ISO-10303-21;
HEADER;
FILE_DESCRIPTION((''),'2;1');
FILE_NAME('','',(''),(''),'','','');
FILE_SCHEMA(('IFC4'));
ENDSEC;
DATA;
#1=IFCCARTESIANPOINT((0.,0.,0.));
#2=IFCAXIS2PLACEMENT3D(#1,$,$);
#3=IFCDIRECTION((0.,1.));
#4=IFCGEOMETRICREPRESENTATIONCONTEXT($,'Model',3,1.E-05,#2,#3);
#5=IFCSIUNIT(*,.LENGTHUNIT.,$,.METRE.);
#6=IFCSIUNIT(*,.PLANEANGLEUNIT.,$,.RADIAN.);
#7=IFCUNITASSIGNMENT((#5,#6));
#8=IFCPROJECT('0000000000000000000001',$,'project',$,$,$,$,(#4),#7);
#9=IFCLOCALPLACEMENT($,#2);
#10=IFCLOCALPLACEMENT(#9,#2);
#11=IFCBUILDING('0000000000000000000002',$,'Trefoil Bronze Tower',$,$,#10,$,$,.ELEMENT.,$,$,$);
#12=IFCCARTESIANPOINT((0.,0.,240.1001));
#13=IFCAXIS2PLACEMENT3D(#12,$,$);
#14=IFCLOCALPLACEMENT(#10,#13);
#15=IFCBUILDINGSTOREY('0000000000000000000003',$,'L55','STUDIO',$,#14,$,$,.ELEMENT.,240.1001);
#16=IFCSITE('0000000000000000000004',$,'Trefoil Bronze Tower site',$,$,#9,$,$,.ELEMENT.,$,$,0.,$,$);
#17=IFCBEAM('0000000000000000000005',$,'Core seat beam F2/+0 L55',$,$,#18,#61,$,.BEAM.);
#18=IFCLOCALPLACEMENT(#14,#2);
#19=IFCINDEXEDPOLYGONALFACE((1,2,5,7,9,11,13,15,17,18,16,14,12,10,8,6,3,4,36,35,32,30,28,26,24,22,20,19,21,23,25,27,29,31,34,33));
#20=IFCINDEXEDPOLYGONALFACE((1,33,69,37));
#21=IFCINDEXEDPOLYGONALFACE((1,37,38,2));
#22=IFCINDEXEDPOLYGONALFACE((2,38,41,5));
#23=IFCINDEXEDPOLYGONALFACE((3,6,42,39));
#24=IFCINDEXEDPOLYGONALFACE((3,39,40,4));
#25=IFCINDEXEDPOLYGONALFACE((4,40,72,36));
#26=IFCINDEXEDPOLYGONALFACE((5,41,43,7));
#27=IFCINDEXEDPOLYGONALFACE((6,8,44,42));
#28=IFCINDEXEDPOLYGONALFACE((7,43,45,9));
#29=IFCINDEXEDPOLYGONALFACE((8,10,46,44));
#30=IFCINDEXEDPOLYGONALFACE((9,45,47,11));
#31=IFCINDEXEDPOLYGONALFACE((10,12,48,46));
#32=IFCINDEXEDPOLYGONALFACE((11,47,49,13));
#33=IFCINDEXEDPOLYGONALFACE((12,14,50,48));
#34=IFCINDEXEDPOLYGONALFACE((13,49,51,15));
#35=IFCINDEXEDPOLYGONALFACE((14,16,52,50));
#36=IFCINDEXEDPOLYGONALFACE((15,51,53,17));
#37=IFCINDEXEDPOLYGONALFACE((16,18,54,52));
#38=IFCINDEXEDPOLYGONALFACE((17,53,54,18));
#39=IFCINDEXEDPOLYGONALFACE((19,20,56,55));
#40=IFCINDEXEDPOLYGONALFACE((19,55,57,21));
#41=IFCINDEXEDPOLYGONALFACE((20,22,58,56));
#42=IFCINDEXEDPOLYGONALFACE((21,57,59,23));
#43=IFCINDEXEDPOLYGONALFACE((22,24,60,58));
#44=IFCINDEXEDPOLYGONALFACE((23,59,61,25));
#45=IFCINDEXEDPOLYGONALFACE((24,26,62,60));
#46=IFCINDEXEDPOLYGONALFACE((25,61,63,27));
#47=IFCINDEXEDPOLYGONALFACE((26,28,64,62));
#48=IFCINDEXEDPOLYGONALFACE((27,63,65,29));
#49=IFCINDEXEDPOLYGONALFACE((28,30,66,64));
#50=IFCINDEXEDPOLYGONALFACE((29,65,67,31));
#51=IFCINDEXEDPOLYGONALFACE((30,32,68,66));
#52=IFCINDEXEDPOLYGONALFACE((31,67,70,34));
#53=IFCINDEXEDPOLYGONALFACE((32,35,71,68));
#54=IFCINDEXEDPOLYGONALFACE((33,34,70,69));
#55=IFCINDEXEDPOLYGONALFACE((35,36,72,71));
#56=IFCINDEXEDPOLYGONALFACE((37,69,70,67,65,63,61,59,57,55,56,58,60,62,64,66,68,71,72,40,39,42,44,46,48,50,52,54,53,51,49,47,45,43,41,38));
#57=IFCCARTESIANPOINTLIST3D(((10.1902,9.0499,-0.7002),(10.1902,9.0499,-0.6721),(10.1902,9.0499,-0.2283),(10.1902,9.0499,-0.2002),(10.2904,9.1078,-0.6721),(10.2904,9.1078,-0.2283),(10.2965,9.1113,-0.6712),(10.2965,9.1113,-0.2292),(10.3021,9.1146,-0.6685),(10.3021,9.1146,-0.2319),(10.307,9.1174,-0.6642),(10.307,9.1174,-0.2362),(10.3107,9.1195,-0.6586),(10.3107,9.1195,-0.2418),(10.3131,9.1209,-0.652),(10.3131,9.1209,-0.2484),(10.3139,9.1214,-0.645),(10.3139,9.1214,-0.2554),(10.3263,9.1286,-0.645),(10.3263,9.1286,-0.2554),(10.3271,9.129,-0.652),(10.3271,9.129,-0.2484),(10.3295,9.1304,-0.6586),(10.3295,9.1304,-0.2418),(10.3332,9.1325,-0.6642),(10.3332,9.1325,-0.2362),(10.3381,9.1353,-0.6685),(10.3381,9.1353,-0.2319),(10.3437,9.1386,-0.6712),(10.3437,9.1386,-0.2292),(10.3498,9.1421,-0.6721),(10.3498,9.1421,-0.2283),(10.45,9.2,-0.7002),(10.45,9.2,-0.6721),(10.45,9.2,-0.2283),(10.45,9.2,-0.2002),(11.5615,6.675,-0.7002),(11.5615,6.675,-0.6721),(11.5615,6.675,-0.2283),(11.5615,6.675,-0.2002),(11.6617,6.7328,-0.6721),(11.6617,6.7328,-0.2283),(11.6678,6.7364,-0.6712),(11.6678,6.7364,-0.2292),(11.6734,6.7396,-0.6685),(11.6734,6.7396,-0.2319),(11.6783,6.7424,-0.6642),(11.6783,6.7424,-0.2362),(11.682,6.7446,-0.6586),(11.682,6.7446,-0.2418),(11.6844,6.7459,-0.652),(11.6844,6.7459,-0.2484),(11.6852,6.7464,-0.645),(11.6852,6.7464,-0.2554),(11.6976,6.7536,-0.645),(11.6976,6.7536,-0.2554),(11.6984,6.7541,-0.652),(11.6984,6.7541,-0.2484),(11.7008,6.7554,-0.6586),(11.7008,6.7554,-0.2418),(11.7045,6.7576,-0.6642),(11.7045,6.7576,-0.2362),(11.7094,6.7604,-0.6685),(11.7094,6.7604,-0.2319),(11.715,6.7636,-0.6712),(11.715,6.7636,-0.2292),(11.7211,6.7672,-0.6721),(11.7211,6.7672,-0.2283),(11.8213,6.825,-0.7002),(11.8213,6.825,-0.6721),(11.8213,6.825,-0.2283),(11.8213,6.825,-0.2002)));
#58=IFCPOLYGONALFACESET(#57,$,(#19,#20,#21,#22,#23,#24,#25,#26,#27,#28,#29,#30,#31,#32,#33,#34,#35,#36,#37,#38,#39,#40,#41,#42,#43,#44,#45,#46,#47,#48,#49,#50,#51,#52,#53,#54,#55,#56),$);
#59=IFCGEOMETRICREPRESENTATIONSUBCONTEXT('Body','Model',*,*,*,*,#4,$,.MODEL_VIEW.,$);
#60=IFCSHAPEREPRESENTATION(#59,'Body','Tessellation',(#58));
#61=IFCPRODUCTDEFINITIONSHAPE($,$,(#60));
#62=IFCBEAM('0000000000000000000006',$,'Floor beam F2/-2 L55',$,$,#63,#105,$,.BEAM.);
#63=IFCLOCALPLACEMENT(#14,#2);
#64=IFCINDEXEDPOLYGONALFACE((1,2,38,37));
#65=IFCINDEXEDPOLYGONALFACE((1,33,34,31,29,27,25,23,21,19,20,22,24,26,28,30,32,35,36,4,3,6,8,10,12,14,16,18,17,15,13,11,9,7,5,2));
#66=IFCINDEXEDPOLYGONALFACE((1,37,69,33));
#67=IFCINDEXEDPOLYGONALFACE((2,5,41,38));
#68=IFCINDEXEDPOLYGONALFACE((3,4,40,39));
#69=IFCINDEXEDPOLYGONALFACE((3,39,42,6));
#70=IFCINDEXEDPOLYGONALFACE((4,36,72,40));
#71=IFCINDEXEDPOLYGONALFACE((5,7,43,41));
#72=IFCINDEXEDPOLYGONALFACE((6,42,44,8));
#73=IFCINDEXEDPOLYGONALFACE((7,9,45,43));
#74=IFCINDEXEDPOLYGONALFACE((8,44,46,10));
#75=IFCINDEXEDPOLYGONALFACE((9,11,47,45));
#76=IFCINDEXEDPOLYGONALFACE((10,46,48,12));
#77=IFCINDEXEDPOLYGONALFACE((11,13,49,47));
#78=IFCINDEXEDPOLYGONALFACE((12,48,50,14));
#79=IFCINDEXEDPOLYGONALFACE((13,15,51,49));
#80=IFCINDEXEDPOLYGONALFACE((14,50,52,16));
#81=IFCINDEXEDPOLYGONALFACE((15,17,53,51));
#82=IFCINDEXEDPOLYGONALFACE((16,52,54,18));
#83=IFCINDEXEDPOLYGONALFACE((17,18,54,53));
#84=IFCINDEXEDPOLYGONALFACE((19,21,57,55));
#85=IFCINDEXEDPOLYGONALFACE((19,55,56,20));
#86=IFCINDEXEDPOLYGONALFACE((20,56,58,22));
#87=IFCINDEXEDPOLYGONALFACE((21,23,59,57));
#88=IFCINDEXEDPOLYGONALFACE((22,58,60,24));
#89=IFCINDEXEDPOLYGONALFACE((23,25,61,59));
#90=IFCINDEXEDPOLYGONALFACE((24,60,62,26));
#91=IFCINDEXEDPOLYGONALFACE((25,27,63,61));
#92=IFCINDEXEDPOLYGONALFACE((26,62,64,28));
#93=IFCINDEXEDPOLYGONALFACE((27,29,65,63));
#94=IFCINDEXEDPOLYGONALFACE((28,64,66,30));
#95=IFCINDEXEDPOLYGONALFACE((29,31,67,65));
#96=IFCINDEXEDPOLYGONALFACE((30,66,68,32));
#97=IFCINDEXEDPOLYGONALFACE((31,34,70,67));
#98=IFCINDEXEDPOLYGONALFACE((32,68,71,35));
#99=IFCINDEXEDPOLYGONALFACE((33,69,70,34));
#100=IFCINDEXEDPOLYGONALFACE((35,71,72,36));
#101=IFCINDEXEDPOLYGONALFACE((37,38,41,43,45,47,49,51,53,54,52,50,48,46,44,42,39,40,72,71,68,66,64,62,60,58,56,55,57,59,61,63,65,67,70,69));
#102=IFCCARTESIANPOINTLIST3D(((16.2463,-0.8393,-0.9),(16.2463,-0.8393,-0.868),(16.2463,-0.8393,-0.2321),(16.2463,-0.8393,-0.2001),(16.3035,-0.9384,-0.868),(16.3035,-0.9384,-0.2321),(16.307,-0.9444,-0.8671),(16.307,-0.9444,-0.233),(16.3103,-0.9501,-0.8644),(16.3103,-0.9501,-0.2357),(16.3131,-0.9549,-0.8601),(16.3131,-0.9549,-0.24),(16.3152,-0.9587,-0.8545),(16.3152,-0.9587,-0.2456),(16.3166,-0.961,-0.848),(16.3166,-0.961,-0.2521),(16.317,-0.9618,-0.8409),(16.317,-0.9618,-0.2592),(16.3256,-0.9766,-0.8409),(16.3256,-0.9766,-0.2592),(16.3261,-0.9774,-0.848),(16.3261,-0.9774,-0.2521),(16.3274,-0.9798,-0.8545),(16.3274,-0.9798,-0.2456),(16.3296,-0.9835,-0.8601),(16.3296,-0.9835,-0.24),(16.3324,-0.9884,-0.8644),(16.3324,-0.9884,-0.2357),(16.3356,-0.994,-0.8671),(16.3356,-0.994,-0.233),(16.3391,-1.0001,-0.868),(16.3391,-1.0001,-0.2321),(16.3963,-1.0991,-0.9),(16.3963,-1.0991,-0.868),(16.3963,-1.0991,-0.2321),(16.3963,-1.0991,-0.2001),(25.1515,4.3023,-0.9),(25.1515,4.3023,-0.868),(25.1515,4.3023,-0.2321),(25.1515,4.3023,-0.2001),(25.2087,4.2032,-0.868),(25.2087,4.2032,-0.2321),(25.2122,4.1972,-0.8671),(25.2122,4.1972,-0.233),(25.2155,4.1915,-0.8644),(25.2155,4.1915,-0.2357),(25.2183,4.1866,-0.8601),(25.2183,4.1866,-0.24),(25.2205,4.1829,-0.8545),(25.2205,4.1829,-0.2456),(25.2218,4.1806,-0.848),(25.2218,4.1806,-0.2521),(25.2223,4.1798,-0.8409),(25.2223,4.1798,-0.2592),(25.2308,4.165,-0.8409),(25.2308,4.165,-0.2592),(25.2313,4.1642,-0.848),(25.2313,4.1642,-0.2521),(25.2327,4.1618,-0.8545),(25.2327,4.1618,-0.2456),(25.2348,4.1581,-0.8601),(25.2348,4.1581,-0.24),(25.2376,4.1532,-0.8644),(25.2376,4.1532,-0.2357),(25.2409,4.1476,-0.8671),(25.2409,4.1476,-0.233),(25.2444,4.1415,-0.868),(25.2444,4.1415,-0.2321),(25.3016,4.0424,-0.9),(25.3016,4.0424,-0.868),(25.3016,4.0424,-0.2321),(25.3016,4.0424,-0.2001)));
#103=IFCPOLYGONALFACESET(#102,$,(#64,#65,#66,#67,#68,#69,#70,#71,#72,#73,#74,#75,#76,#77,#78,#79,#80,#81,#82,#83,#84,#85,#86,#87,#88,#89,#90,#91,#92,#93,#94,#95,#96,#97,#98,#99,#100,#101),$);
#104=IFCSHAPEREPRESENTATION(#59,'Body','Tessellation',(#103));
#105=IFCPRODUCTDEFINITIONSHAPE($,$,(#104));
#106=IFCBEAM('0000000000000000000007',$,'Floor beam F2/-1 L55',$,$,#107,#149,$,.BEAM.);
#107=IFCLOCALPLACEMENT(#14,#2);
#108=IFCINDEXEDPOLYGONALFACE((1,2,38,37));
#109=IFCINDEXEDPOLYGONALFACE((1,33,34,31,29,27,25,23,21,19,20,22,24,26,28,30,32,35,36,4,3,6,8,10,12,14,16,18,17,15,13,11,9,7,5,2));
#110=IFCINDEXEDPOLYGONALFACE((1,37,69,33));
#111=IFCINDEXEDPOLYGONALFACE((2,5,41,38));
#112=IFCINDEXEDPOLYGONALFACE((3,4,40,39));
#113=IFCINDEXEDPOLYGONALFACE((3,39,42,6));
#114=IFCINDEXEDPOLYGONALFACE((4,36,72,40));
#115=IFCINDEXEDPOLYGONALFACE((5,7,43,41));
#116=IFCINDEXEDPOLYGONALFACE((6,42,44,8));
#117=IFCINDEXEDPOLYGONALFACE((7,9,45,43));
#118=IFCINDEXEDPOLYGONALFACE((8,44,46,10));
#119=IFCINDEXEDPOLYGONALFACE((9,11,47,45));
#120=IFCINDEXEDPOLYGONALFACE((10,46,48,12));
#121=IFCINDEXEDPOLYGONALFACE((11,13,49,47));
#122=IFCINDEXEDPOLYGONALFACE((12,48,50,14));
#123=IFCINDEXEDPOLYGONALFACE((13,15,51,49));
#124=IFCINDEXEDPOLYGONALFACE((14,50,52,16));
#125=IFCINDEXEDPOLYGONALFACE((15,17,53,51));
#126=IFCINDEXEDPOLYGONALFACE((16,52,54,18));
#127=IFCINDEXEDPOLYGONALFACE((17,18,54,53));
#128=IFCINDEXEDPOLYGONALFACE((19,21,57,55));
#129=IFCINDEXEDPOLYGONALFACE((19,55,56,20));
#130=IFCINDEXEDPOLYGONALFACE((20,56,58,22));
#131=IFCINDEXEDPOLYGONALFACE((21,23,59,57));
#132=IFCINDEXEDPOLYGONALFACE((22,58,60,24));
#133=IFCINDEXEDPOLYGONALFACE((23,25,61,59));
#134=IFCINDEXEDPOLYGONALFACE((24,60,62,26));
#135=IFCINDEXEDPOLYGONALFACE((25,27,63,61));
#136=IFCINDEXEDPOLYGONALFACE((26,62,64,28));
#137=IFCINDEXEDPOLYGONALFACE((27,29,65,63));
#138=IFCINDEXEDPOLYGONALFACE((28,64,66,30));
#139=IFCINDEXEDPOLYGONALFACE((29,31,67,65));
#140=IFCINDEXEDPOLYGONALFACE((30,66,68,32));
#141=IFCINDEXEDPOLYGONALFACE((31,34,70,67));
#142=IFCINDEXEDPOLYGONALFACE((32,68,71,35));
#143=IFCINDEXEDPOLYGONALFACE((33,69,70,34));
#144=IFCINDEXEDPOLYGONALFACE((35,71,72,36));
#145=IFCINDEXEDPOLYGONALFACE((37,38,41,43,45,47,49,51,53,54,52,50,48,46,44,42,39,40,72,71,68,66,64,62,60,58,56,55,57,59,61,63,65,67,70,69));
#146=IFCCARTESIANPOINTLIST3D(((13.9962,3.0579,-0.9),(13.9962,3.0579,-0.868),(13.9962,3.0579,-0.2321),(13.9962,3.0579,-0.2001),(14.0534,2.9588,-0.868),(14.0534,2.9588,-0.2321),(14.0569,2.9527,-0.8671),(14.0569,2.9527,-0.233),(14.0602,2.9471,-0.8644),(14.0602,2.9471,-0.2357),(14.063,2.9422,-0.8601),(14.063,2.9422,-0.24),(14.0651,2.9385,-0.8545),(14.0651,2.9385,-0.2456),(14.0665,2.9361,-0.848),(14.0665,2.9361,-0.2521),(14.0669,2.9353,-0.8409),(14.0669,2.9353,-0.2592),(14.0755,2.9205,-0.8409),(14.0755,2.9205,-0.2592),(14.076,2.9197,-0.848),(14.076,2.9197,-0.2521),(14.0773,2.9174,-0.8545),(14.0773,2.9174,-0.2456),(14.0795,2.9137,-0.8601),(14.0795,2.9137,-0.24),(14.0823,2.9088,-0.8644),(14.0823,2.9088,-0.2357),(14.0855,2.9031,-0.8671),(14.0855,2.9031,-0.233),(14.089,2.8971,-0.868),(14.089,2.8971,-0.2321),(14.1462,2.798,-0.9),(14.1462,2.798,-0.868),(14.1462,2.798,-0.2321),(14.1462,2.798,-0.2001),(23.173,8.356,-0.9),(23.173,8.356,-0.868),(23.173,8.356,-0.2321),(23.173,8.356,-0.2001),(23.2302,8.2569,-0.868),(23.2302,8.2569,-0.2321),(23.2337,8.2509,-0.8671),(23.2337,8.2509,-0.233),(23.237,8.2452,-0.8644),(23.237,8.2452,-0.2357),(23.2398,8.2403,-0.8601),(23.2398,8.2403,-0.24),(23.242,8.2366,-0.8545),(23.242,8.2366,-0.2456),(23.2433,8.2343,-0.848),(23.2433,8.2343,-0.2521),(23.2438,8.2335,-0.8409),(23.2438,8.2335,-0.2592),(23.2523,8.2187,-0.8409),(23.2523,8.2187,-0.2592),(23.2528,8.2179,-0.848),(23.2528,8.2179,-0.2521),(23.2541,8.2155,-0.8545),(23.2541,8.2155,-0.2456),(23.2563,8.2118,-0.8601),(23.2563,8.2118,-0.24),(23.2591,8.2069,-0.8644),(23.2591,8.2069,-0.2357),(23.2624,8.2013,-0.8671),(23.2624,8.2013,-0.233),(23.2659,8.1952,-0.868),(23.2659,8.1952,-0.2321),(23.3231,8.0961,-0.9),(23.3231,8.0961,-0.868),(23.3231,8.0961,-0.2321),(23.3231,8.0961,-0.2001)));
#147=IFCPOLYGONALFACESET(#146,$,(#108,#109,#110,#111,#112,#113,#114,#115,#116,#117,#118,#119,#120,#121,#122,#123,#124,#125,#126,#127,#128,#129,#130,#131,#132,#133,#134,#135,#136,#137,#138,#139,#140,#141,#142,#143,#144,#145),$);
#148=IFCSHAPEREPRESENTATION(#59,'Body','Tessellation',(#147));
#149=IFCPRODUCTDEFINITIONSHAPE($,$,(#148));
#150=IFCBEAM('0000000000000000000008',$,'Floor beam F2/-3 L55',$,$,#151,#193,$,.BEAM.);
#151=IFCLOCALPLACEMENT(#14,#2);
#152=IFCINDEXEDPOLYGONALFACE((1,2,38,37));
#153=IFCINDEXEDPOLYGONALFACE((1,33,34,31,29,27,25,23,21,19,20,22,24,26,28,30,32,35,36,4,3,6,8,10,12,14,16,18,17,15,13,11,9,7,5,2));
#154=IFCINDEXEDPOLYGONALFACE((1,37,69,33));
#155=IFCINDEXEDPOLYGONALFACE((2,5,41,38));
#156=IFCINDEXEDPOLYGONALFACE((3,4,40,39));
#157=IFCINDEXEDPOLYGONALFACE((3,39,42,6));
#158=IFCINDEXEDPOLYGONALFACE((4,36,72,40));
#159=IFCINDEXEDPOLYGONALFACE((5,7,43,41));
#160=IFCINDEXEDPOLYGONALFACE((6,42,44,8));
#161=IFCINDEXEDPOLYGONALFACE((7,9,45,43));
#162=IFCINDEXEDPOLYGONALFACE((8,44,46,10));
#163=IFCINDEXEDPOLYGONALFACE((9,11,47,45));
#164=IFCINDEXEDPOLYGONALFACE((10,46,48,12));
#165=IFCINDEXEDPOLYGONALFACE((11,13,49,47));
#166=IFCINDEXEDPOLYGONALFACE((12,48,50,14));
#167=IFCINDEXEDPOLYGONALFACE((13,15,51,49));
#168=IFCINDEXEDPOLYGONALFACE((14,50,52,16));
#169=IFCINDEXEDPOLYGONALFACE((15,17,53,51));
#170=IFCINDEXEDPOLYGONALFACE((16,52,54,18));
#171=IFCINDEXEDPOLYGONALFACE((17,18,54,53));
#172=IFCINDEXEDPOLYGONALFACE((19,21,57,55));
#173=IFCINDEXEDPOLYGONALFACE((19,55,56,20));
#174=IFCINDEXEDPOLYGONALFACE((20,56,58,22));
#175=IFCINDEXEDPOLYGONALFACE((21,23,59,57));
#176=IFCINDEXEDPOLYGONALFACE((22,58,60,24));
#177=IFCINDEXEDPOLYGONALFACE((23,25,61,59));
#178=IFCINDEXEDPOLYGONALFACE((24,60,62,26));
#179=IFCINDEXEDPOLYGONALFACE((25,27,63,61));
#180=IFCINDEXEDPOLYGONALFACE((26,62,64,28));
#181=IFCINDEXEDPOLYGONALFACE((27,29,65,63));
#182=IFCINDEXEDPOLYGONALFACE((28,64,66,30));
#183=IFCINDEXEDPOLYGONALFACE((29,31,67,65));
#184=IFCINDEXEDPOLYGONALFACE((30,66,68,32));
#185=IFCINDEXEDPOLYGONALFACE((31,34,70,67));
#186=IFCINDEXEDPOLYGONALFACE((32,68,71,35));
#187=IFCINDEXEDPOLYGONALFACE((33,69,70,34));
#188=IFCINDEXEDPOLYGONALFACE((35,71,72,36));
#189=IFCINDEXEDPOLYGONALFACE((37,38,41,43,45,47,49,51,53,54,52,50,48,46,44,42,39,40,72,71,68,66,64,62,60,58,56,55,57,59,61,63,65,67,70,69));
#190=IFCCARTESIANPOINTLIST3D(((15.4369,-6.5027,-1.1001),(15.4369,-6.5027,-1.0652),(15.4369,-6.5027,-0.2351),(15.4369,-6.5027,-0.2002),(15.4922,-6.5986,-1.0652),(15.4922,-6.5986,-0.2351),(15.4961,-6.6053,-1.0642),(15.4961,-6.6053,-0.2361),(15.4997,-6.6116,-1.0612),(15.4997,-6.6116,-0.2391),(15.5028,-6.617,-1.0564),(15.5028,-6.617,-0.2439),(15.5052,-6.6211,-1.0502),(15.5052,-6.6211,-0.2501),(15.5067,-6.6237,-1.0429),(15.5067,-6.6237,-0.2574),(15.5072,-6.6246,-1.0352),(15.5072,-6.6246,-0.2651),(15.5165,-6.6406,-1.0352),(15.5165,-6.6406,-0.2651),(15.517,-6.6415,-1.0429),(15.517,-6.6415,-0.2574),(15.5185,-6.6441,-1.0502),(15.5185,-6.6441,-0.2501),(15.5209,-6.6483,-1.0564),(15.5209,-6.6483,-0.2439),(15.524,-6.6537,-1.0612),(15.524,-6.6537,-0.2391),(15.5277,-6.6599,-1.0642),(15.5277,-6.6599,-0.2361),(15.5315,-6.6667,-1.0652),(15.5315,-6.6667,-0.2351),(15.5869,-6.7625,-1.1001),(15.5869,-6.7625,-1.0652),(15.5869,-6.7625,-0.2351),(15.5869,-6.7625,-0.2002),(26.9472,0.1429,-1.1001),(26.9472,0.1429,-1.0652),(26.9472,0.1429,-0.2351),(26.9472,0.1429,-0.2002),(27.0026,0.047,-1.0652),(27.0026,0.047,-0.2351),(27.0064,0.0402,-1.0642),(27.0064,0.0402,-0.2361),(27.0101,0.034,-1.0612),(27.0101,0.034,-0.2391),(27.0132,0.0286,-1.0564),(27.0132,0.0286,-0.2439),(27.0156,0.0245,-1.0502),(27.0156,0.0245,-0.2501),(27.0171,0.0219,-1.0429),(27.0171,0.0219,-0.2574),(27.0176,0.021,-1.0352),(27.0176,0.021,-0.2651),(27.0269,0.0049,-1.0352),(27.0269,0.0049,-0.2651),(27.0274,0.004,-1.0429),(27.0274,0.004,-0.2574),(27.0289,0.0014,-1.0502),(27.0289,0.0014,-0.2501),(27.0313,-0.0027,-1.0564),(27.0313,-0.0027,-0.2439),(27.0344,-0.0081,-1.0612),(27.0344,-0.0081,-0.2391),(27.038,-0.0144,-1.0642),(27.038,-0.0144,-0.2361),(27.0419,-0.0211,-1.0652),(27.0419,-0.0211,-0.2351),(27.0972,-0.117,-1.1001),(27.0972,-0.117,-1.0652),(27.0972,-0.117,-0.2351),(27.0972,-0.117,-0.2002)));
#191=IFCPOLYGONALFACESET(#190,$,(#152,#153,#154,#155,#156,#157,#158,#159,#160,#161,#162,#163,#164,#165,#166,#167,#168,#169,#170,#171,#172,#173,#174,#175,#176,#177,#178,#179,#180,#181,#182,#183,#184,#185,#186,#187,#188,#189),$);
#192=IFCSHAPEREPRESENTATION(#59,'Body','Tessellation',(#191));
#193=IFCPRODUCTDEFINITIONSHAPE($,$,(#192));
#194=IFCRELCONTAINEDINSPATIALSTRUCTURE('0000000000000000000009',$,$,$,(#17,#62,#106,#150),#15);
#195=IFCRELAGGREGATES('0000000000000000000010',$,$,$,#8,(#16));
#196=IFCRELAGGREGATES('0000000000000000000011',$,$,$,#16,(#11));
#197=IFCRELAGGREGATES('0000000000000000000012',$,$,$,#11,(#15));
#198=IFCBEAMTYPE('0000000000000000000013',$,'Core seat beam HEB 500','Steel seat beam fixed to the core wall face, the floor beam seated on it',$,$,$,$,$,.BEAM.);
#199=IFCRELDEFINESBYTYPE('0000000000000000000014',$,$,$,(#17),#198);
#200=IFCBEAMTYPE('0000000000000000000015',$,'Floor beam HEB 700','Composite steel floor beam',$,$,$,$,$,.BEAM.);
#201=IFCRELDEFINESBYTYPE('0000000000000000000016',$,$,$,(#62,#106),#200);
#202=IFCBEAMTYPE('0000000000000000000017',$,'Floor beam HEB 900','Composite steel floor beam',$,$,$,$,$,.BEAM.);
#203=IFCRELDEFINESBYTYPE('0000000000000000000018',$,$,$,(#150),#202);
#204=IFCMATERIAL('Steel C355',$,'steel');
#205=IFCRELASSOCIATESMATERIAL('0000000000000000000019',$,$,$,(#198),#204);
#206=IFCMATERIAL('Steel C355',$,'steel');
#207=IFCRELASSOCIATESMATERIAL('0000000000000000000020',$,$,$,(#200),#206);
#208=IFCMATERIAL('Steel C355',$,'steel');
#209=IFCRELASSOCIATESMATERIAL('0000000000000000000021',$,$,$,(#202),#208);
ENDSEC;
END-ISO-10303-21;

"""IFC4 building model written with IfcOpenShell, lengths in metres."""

from ifc_helpers import new_model, si_unit, direction, frame, origin, origin_2d, place, context, subcontext, project, spatial, i_section, extrude, material, material_profile, profile_set, type_object, element, save


model = new_model("IFC4")

# Units and contexts
model_context = context("Model", 3, precision=1e-05, world=origin(), true_north=direction((0.0, 1.0)))
body_context = subcontext(model_context, "Body", "Model", "MODEL_VIEW")
ifc_project = project(units=[si_unit("LENGTHUNIT", "METRE"), si_unit("PLANEANGLEUNIT", "RADIAN")], contexts=[model_context])

# Site, building, storey
site_placement = place(None, origin())
site = spatial("IfcSite", under=ifc_project, at=site_placement, Name="Trefoil Bronze Tower site", CompositionType="ELEMENT", RefElevation=0.0)
building_placement = place(site_placement, origin())
building = spatial("IfcBuilding", under=site, at=building_placement, Name="Trefoil Bronze Tower", CompositionType="ELEMENT")
storey_placement = place(building_placement, frame((0.0, 0.0, 240.1001)))
storey = spatial("IfcBuildingStorey", under=building, at=storey_placement, Name="L55", Description="STUDIO", CompositionType="ELEMENT", Elevation=240.1001)

# Beams
ifc_material_1 = material(Name="Steel C355", Category="steel")
ifc_material_profile_1 = material_profile(ifc_material_1, i_section(OverallWidth=0.3, OverallDepth=0.5, WebThickness=0.0144, FlangeThickness=0.0281, FilletRadius=0.0271, at=origin_2d()), Name="HEB 500")
ifc_profile_set_1 = profile_set([ifc_material_profile_1], Name="Steel C355")
beam_type_1 = type_object("IfcBeamType", Name="Core seat beam HEB 500", Description="Steel seat beam fixed to the core wall face, the floor beam seated on it", PredefinedType="BEAM", material=ifc_profile_set_1)
for number, where, z_axis, x_axis, name in (
    (1, (11.6914, 6.75, -0.4502), (-0.500036, 0.866005, 0.0), (-0.866005, -0.500036, 0.0), "Core seat beam F2/+0 L55"),
):
    element("IfcBeam", number, at=place(storey_placement, frame(where, z_axis=z_axis, x_axis=x_axis)), inside=storey, type_object=beam_type_1, Name=name, PredefinedType="BEAM", context=body_context, shape_type="SweptSolid", body=[
        extrude(i_section(OverallWidth=0.3, OverallDepth=0.5, WebThickness=0.0144, FlangeThickness=0.0281, FilletRadius=0.0271, at=origin_2d()), origin(), (0.0, 0.0, 1.0), 2.7424),
    ])
ifc_material_2 = material(Name="Steel C355", Category="steel")
ifc_material_profile_2 = material_profile(ifc_material_2, i_section(OverallWidth=0.3, OverallDepth=0.7, WebThickness=0.0171, FlangeThickness=0.032, FilletRadius=0.0271, at=origin_2d()), Name="HEB 700")
ifc_profile_set_2 = profile_set([ifc_material_profile_2], Name="Steel C355")
beam_type_2 = type_object("IfcBeamType", Name="Floor beam HEB 700", Description="Composite steel floor beam", PredefinedType="BEAM", material=ifc_profile_set_2)
beam_1_placement = place(storey_placement, frame((25.2266, 4.1724, -0.55), z_axis=(-0.86602, -0.50001, 0.0), x_axis=(0.50001, -0.86602, 0.0)))
element("IfcBeam", 2, at=beam_1_placement, inside=storey, type_object=beam_type_2, Name="Floor beam F2/-2 L55", PredefinedType="BEAM", context=body_context, shape_type="SweptSolid", body=[
    extrude(i_section(OverallWidth=0.3, OverallDepth=0.7, WebThickness=0.0171, FlangeThickness=0.032, FilletRadius=0.0271, at=origin_2d()), origin(), (0.0, 0.0, 1.0), 10.283),
])
beam_2_placement = place(storey_placement, frame((23.248, 8.2261, -0.55), z_axis=(-0.86603, -0.499992, 0.0), x_axis=(0.499992, -0.86603, 0.0)))
element("IfcBeam", 3, at=beam_2_placement, inside=storey, type_object=beam_type_2, Name="Floor beam F2/-1 L55", PredefinedType="BEAM", context=body_context, shape_type="SweptSolid", body=[
    extrude(i_section(OverallWidth=0.3, OverallDepth=0.7, WebThickness=0.0171, FlangeThickness=0.032, FilletRadius=0.0271, at=origin_2d()), origin(), (0.0, 0.0, 1.0), 10.5964),
])
ifc_material_3 = material(Name="Steel C355", Category="steel")
ifc_material_profile_3 = material_profile(ifc_material_3, i_section(OverallWidth=0.3, OverallDepth=0.8999, WebThickness=0.0186, FlangeThickness=0.0349, FilletRadius=0.03, at=origin_2d()), Name="HEB 900")
ifc_profile_set_3 = profile_set([ifc_material_profile_3], Name="Steel C355")
beam_type_3 = type_object("IfcBeamType", Name="Floor beam HEB 900", Description="Composite steel floor beam", PredefinedType="BEAM", material=ifc_profile_set_3)
beam_3_placement = place(storey_placement, frame((27.0222, 0.0129, -0.6501), z_axis=(-0.866023, -0.500003, 0.0), x_axis=(0.500003, -0.866023, 0.0)))
element("IfcBeam", 4, at=beam_3_placement, inside=storey, type_object=beam_type_3, Name="Floor beam F2/-3 L55", PredefinedType="BEAM", context=body_context, shape_type="SweptSolid", body=[
    extrude(i_section(OverallWidth=0.3, OverallDepth=0.8999, WebThickness=0.0186, FlangeThickness=0.0349, FilletRadius=0.03, at=origin_2d()), origin(), (0.0, 0.0, 1.0), 13.291),
])

save(model, "model.ifc")
